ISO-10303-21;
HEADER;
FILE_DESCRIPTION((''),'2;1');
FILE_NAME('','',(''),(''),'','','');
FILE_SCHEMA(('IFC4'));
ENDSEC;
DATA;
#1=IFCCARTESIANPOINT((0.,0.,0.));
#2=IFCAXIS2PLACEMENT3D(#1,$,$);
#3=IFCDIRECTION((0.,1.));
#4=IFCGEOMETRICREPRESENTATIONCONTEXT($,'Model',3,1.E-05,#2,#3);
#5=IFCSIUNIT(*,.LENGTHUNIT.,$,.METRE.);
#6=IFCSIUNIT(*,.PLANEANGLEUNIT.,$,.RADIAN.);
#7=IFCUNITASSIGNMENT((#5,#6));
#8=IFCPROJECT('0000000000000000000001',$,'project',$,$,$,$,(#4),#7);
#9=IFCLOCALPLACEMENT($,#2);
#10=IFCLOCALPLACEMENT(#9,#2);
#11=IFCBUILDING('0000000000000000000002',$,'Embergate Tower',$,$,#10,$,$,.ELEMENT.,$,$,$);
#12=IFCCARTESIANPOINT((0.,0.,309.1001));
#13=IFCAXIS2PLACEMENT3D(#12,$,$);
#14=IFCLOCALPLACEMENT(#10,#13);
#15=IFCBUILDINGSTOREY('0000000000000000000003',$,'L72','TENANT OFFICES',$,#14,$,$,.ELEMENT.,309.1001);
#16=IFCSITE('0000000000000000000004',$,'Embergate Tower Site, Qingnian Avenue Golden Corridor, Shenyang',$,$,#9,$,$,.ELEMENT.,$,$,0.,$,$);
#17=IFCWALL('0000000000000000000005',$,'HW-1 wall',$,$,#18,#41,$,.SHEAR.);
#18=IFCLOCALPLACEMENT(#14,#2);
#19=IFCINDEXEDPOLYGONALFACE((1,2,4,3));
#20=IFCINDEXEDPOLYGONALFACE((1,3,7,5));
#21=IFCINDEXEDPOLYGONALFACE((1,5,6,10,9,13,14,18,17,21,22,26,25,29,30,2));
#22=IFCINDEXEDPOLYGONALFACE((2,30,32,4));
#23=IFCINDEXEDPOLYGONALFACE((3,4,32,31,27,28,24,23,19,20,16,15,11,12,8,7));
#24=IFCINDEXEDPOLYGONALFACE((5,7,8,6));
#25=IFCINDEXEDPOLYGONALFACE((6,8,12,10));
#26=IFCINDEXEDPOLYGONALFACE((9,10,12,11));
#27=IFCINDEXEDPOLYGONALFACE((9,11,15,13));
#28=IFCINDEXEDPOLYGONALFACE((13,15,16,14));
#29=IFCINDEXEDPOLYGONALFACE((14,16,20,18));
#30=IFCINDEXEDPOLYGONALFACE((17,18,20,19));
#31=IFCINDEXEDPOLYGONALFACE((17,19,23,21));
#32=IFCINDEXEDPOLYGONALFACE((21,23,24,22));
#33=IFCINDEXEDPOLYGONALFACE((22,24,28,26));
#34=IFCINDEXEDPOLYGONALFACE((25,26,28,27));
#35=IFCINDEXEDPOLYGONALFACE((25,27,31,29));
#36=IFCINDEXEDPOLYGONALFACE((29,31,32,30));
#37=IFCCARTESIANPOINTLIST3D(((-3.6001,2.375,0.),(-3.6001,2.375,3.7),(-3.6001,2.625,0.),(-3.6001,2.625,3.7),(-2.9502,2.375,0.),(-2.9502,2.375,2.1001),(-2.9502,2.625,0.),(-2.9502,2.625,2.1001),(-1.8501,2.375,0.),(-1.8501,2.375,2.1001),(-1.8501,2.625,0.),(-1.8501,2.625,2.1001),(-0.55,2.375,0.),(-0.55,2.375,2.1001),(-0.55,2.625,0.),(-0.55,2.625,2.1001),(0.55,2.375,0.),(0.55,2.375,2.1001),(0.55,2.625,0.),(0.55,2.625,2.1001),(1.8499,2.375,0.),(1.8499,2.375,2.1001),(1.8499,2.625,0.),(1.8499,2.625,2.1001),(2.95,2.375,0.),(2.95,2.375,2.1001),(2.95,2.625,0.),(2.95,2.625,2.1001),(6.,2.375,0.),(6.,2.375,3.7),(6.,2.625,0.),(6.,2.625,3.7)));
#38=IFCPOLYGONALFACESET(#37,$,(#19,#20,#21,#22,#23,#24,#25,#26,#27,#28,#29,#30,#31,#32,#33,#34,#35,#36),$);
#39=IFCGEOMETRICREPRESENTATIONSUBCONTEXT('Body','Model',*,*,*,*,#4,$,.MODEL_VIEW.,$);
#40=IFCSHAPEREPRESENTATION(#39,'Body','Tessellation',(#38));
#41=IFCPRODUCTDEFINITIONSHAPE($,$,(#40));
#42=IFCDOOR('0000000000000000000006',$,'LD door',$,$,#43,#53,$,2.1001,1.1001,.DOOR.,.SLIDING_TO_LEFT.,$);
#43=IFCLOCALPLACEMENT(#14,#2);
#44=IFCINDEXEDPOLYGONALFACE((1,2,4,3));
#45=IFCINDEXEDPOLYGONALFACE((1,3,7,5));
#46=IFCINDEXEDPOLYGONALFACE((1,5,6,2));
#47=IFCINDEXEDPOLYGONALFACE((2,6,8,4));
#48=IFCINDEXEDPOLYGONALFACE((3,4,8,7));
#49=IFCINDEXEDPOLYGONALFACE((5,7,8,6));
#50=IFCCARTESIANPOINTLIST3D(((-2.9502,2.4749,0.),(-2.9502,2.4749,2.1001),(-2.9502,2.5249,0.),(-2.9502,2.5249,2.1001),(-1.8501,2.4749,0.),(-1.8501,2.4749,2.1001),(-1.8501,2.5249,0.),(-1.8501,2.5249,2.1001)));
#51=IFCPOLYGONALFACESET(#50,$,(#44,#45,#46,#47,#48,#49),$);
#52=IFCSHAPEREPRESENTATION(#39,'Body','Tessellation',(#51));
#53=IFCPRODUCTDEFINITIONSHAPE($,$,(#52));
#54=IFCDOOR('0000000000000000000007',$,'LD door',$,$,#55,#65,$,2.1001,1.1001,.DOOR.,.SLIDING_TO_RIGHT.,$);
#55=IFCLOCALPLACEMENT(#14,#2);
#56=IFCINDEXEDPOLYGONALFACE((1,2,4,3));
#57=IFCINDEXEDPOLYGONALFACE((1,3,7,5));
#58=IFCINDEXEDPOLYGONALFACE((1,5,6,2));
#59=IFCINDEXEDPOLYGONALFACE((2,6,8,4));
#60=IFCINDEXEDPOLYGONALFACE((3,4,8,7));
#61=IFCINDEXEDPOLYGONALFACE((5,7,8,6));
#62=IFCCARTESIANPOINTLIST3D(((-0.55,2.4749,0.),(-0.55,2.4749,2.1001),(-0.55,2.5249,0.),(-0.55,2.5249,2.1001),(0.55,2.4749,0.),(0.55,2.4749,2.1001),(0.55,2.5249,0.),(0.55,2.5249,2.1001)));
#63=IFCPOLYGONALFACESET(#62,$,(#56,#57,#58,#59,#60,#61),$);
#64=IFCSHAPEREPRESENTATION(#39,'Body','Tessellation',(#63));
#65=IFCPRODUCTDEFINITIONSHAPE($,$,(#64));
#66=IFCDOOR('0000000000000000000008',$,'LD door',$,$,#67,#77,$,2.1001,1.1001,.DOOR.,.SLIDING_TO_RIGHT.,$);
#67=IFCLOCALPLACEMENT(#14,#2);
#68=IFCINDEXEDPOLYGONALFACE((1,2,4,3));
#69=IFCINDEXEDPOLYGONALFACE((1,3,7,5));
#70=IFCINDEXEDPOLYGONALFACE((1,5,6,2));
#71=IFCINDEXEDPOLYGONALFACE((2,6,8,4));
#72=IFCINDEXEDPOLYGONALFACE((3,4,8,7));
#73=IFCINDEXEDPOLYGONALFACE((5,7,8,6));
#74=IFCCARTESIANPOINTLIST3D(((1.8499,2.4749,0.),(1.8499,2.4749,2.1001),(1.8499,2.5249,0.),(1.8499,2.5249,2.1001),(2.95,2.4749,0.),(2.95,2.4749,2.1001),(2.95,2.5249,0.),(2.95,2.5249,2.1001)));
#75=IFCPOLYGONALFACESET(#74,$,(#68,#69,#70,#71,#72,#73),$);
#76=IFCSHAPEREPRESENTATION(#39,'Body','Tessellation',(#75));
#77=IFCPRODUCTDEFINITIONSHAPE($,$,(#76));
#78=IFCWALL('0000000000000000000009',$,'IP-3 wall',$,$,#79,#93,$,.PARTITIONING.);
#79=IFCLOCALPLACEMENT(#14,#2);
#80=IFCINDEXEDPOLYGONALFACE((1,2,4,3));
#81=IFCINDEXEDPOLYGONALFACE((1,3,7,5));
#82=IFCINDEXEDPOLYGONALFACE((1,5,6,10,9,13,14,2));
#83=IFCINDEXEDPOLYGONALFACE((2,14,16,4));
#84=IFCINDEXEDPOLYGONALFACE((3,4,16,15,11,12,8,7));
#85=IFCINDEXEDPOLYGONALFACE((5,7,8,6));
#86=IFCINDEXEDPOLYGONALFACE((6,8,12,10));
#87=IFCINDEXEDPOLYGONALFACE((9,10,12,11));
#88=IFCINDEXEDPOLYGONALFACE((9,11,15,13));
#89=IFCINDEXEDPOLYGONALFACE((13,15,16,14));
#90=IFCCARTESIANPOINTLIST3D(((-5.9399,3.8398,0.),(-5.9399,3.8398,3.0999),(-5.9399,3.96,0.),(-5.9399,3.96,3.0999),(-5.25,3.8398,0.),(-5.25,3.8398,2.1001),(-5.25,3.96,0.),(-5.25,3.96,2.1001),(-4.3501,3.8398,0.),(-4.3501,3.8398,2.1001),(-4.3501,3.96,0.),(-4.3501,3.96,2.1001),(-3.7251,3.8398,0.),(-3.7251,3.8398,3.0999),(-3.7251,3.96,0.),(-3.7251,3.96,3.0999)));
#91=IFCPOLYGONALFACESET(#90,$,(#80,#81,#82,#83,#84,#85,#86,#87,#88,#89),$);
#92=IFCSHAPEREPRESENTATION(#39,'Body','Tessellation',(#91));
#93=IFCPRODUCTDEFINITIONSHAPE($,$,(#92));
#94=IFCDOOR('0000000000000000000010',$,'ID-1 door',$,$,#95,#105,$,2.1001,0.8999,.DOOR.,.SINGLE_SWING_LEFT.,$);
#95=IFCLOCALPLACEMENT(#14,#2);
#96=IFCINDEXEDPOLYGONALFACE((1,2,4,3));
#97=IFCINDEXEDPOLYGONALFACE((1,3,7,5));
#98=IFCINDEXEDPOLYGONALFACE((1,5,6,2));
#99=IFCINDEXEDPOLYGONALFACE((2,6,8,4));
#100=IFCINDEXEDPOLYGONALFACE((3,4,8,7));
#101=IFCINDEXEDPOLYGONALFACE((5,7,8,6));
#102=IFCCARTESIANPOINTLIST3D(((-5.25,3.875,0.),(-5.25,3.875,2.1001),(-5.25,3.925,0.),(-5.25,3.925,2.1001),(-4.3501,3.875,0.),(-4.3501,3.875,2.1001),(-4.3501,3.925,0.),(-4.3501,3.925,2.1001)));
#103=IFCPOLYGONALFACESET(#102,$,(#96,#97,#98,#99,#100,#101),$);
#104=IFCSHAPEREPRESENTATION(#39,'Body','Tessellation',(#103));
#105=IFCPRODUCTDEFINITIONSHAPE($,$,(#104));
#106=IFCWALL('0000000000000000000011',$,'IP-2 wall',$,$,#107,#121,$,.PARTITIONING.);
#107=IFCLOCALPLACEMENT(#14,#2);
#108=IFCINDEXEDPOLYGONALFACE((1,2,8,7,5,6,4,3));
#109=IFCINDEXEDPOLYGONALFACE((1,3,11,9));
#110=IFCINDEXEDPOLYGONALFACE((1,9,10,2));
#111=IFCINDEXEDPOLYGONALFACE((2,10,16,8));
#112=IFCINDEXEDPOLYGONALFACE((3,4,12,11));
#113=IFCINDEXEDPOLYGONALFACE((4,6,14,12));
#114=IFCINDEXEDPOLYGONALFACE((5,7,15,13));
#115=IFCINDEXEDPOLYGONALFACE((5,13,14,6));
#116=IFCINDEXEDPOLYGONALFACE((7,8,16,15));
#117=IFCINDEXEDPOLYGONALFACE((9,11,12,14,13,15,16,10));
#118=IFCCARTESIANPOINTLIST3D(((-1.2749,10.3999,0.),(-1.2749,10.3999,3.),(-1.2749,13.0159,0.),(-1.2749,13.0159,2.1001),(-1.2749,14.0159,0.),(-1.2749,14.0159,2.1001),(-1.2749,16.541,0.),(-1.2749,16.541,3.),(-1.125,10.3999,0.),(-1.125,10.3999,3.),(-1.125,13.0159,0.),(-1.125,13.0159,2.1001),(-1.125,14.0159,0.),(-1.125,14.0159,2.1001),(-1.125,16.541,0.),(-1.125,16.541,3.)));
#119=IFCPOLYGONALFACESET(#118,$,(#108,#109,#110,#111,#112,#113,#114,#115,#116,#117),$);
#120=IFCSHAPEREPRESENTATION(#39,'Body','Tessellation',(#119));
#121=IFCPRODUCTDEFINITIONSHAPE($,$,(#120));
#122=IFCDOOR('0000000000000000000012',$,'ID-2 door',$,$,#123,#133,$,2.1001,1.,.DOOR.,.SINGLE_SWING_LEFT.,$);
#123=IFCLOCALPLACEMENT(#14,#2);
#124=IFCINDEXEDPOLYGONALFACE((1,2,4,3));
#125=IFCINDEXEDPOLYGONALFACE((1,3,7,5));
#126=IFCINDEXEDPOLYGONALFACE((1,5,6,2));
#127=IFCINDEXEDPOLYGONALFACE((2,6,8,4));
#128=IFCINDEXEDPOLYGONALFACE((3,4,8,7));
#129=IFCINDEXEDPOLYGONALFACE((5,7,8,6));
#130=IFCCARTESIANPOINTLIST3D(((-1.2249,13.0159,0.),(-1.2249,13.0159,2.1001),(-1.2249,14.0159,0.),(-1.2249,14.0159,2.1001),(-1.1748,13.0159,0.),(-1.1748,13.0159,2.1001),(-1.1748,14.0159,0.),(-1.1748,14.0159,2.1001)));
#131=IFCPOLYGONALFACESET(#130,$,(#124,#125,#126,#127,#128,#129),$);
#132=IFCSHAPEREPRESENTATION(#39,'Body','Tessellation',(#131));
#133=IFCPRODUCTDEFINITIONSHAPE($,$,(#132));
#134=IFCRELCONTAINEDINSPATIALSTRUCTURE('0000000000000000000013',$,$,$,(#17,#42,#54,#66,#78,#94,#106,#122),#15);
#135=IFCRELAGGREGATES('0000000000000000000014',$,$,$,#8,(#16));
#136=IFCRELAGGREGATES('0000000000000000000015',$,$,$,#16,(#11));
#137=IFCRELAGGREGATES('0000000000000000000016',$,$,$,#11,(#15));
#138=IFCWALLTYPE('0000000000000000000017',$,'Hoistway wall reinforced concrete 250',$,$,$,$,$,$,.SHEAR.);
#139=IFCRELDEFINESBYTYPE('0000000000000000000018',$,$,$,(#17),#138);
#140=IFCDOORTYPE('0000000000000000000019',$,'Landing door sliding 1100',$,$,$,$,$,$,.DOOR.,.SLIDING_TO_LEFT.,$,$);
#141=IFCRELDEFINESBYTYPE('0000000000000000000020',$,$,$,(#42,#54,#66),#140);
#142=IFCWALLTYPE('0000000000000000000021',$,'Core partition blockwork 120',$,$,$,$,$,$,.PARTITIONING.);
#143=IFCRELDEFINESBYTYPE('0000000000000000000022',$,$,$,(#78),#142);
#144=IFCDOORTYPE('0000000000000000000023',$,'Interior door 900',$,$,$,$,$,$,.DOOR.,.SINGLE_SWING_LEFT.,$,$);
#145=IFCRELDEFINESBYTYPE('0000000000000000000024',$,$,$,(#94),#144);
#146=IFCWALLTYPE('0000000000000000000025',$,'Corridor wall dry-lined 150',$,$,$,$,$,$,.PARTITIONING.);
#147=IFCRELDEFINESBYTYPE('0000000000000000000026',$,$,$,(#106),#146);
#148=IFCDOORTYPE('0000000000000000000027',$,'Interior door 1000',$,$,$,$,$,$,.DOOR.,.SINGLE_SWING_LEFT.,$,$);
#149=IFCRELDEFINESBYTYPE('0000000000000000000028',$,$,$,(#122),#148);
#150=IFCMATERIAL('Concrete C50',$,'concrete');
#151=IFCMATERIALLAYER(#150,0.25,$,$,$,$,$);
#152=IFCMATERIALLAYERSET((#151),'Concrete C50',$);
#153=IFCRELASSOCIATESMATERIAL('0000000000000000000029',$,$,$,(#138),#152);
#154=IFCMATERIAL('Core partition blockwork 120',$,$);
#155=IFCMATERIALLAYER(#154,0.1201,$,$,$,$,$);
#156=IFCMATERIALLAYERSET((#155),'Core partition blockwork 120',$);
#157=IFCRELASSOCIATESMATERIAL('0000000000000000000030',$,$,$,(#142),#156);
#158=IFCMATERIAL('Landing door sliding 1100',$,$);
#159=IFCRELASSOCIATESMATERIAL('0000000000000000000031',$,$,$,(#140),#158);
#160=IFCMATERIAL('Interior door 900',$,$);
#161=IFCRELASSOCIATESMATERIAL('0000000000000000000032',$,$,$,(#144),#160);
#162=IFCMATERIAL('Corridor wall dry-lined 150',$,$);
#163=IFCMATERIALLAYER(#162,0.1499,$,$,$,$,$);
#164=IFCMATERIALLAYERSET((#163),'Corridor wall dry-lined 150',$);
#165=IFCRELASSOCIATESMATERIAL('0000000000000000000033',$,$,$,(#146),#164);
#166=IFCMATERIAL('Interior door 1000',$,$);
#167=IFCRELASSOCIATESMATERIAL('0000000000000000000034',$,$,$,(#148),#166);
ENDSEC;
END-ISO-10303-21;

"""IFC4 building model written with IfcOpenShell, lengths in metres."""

from ifc_helpers import new_model, si_unit, direction, frame, frame_2d, origin, place, context, subcontext, project, spatial, rectangle, extrude, source, transform, mapped, material, layer, layer_set, type_object, element, fill, save


model = new_model("IFC4")

# Units and contexts
model_context = context("Model", 3, precision=1e-05, world=origin(), true_north=direction((0.0, 1.0)))
body_context = subcontext(model_context, "Body", "Model", "MODEL_VIEW")
ifc_project = project(units=[si_unit("LENGTHUNIT", "METRE"), si_unit("PLANEANGLEUNIT", "RADIAN")], contexts=[model_context])

# Site, building, storey
site_placement = place(None, origin())
site = spatial("IfcSite", under=ifc_project, at=site_placement, Name="Embergate Tower Site, Qingnian Avenue Golden Corridor, Shenyang", CompositionType="ELEMENT", RefElevation=0.0)
building_placement = place(site_placement, origin())
building = spatial("IfcBuilding", under=site, at=building_placement, Name="Embergate Tower", CompositionType="ELEMENT")
storey_placement = place(building_placement, frame((0.0, 0.0, 309.1001)))
storey = spatial("IfcBuildingStorey", under=building, at=storey_placement, Name="L72", Description="TENANT OFFICES", CompositionType="ELEMENT", Elevation=309.1001)

# Shared definitions
ifc_material_1 = material(Name="Concrete C50", Category="concrete")
ifc_layer_1 = layer(ifc_material_1, 0.25)
ifc_layer_set_1 = layer_set([ifc_layer_1], Name="Concrete C50")
wall_type_1 = type_object("IfcWallType", Name="Hoistway wall reinforced concrete 250", PredefinedType="SHEAR", material=ifc_layer_set_1)

# Shared definitions
ifc_material_2 = material(Name="Core partition blockwork 120")
ifc_layer_2 = layer(ifc_material_2, 0.1201)
ifc_layer_set_2 = layer_set([ifc_layer_2], Name="Core partition blockwork 120")
wall_type_2 = type_object("IfcWallType", Name="Core partition blockwork 120", PredefinedType="PARTITIONING", material=ifc_layer_set_2)

# Wall, openings, doors
shared_shape_1 = source(origin(), body_context, "Body", "SweptSolid", [
    extrude(rectangle(XDim=9.6001, YDim=0.25, at=frame_2d((4.8, 0.0))), origin(), (0.0, 0.0, 1.0), 3.7),
])
wall_1_placement = place(storey_placement, frame((-3.6001, 2.5, 0.0), z_axis=(0.0, 0.0, 1.0), x_axis=(1.0, 0.0, 0.0)))
wall_1 = element("IfcWall", 1, at=wall_1_placement, inside=storey, type_object=wall_type_1, Name="HW-1 wall", PredefinedType="SHEAR", context=body_context, shape_type="MappedRepresentation", body=[
    mapped(shared_shape_1, transform((0.0, 0.0, 0.0))),
])
shared_shape_2 = source(origin(), body_context, "Body", "SweptSolid", [
    extrude(rectangle(XDim=1.1001, YDim=2.1001, at=frame_2d((0.55, 1.05))), frame((0.0, 0.135, 0.0), z_axis=(0.0, -1.0, 0.0), x_axis=(1.0, 0.0, 0.0)), (0.0, 0.0, 1.0), 0.27),
])
opening_1_placement = place(wall_1_placement, frame((0.6499, 0.0, 0.0)))
opening_1 = element("IfcOpeningElement", 2, at=opening_1_placement, cuts=wall_1, PredefinedType="OPENING", context=body_context, shape_type="MappedRepresentation", body=[
    mapped(shared_shape_2, transform((0.0, 0.0, 0.0))),
])
opening_2_placement = place(wall_1_placement, frame((3.05, 0.0, 0.0)))
opening_2 = element("IfcOpeningElement", 3, at=opening_2_placement, cuts=wall_1, PredefinedType="OPENING", context=body_context, shape_type="MappedRepresentation", body=[
    mapped(shared_shape_2, transform((0.0, 0.0, 0.0))),
])
opening_3_placement = place(wall_1_placement, frame((5.45, 0.0, 0.0)))
opening_3 = element("IfcOpeningElement", 4, at=opening_3_placement, cuts=wall_1, PredefinedType="OPENING", context=body_context, shape_type="MappedRepresentation", body=[
    mapped(shared_shape_2, transform((0.0, 0.0, 0.0))),
])
ifc_material_3 = material(Name="Landing door sliding 1100")
door_type_1 = type_object("IfcDoorType", Name="Landing door sliding 1100", OperationType="SLIDING_TO_LEFT", PredefinedType="DOOR", material=ifc_material_3)
shared_shape_3 = source(origin(), body_context, "Body", "SweptSolid", [
    extrude(rectangle(XDim=1.1001, YDim=2.1001, at=frame_2d((0.55, 1.05))), frame((0.0, 0.0249, 0.0), z_axis=(0.0, -1.0, 0.0), x_axis=(1.0, 0.0, 0.0)), (0.0, 0.0, 1.0), 0.05),
])
door_1_placement = place(opening_1_placement, origin())
door_1 = element("IfcDoor", 5, at=door_1_placement, inside=storey, type_object=door_type_1, Name="LD door", OperationType="SLIDING_TO_LEFT", OverallHeight=2.1001, OverallWidth=1.1001, PredefinedType="DOOR", context=body_context, shape_type="MappedRepresentation", body=[
    mapped(shared_shape_3, transform((0.0, 0.0, 0.0))),
])
fill(opening_1, door_1)
door_2_placement = place(opening_2_placement, origin())
door_2 = element("IfcDoor", 6, at=door_2_placement, inside=storey, type_object=door_type_1, Name="LD door", OperationType="SLIDING_TO_RIGHT", OverallHeight=2.1001, OverallWidth=1.1001, PredefinedType="DOOR", context=body_context, shape_type="MappedRepresentation", body=[
    mapped(shared_shape_3, transform((0.0, 0.0, 0.0))),
])
fill(opening_2, door_2)
door_3_placement = place(opening_3_placement, origin())
door_3 = element("IfcDoor", 7, at=door_3_placement, inside=storey, type_object=door_type_1, Name="LD door", OperationType="SLIDING_TO_RIGHT", OverallHeight=2.1001, OverallWidth=1.1001, PredefinedType="DOOR", context=body_context, shape_type="MappedRepresentation", body=[
    mapped(shared_shape_3, transform((0.0, 0.0, 0.0))),
])
fill(opening_3, door_3)

# Walls, openings, doors
shared_shape_4 = source(origin(), body_context, "Body", "SweptSolid", [
    extrude(rectangle(XDim=2.2148, YDim=0.1201, at=frame_2d((1.1074, 0.0))), origin(), (0.0, 0.0, 1.0), 3.0999),
])
wall_2_placement = place(storey_placement, frame((-3.7251, 3.8999, 0.0), z_axis=(0.0, 0.0, 1.0), x_axis=(-1.0, 0.0, 0.0)))
wall_2 = element("IfcWall", 8, at=wall_2_placement, inside=storey, type_object=wall_type_2, Name="IP-3 wall", PredefinedType="PARTITIONING", context=body_context, shape_type="MappedRepresentation", body=[
    mapped(shared_shape_4, transform((0.0, 0.0, 0.0))),
])
shared_shape_5 = source(origin(), body_context, "Body", "SweptSolid", [
    extrude(rectangle(XDim=0.8999, YDim=2.1001, at=frame_2d((0.45, 1.05))), frame((0.0, 0.0701, 0.0), z_axis=(0.0, -1.0, 0.0), x_axis=(1.0, 0.0, 0.0)), (0.0, 0.0, 1.0), 0.1401),
])
opening_4_placement = place(wall_2_placement, frame((0.625, 0.0, 0.0)))
opening_4 = element("IfcOpeningElement", 9, at=opening_4_placement, cuts=wall_2, PredefinedType="OPENING", context=body_context, shape_type="MappedRepresentation", body=[
    mapped(shared_shape_5, transform((0.0, 0.0, 0.0))),
])
ifc_material_4 = material(Name="Interior door 900")
door_type_2 = type_object("IfcDoorType", Name="Interior door 900", OperationType="SINGLE_SWING_LEFT", PredefinedType="DOOR", material=ifc_material_4)
shared_shape_6 = source(origin(), body_context, "Body", "SweptSolid", [
    extrude(rectangle(XDim=0.8999, YDim=2.1001, at=frame_2d((0.45, 1.05))), frame((0.0, 0.0249, 0.0), z_axis=(0.0, -1.0, 0.0), x_axis=(1.0, 0.0, 0.0)), (0.0, 0.0, 1.0), 0.05),
])
door_4_placement = place(opening_4_placement, origin())
door_4 = element("IfcDoor", 10, at=door_4_placement, inside=storey, type_object=door_type_2, Name="ID-1 door", OperationType="SINGLE_SWING_LEFT", OverallHeight=2.1001, OverallWidth=0.8999, PredefinedType="DOOR", context=body_context, shape_type="MappedRepresentation", body=[
    mapped(shared_shape_6, transform((0.0, 0.0, 0.0))),
])
fill(opening_4, door_4)
ifc_material_5 = material(Name="Corridor wall dry-lined 150")
ifc_layer_3 = layer(ifc_material_5, 0.1499)
ifc_layer_set_3 = layer_set([ifc_layer_3], Name="Corridor wall dry-lined 150")
wall_type_3 = type_object("IfcWallType", Name="Corridor wall dry-lined 150", PredefinedType="PARTITIONING", material=ifc_layer_set_3)
shared_shape_7 = source(origin(), body_context, "Body", "SweptSolid", [
    extrude(rectangle(XDim=6.1411, YDim=0.1499, at=frame_2d((3.0706, 0.0))), origin(), (0.0, 0.0, 1.0), 3.0),
])
wall_3_placement = place(storey_placement, frame((-1.2, 10.3999, 0.0), z_axis=(0.0, 0.0, 1.0), x_axis=(0.0, 1.0, 0.0)))
wall_3 = element("IfcWall", 11, at=wall_3_placement, inside=storey, type_object=wall_type_3, Name="IP-2 wall", PredefinedType="PARTITIONING", context=body_context, shape_type="MappedRepresentation", body=[
    mapped(shared_shape_7, transform((0.0, 0.0, 0.0))),
])
shared_shape_8 = source(origin(), body_context, "Body", "SweptSolid", [
    extrude(rectangle(XDim=1.0, YDim=2.1001, at=frame_2d((0.5, 1.05))), frame((0.0, 0.085, 0.0), z_axis=(0.0, -1.0, 0.0), x_axis=(1.0, 0.0, 0.0)), (0.0, 0.0, 1.0), 0.1699),
])
opening_5_placement = place(wall_3_placement, frame((2.616, 0.0, 0.0)))
opening_5 = element("IfcOpeningElement", 12, at=opening_5_placement, cuts=wall_3, PredefinedType="OPENING", context=body_context, shape_type="MappedRepresentation", body=[
    mapped(shared_shape_8, transform((0.0, 0.0, 0.0))),
])
ifc_material_6 = material(Name="Interior door 1000")
door_type_3 = type_object("IfcDoorType", Name="Interior door 1000", OperationType="SINGLE_SWING_LEFT", PredefinedType="DOOR", material=ifc_material_6)
shared_shape_9 = source(origin(), body_context, "Body", "SweptSolid", [
    extrude(rectangle(XDim=1.0, YDim=2.1001, at=frame_2d((0.5, 1.05))), frame((0.0, 0.0249, 0.0), z_axis=(0.0, -1.0, 0.0), x_axis=(1.0, 0.0, 0.0)), (0.0, 0.0, 1.0), 0.05),
])
door_5_placement = place(opening_5_placement, origin())
door_5 = element("IfcDoor", 13, at=door_5_placement, inside=storey, type_object=door_type_3, Name="ID-2 door", OperationType="SINGLE_SWING_LEFT", OverallHeight=2.1001, OverallWidth=1.0, PredefinedType="DOOR", context=body_context, shape_type="MappedRepresentation", body=[
    mapped(shared_shape_9, transform((0.0, 0.0, 0.0))),
])
fill(opening_5, door_5)

save(model, "model.ifc")
